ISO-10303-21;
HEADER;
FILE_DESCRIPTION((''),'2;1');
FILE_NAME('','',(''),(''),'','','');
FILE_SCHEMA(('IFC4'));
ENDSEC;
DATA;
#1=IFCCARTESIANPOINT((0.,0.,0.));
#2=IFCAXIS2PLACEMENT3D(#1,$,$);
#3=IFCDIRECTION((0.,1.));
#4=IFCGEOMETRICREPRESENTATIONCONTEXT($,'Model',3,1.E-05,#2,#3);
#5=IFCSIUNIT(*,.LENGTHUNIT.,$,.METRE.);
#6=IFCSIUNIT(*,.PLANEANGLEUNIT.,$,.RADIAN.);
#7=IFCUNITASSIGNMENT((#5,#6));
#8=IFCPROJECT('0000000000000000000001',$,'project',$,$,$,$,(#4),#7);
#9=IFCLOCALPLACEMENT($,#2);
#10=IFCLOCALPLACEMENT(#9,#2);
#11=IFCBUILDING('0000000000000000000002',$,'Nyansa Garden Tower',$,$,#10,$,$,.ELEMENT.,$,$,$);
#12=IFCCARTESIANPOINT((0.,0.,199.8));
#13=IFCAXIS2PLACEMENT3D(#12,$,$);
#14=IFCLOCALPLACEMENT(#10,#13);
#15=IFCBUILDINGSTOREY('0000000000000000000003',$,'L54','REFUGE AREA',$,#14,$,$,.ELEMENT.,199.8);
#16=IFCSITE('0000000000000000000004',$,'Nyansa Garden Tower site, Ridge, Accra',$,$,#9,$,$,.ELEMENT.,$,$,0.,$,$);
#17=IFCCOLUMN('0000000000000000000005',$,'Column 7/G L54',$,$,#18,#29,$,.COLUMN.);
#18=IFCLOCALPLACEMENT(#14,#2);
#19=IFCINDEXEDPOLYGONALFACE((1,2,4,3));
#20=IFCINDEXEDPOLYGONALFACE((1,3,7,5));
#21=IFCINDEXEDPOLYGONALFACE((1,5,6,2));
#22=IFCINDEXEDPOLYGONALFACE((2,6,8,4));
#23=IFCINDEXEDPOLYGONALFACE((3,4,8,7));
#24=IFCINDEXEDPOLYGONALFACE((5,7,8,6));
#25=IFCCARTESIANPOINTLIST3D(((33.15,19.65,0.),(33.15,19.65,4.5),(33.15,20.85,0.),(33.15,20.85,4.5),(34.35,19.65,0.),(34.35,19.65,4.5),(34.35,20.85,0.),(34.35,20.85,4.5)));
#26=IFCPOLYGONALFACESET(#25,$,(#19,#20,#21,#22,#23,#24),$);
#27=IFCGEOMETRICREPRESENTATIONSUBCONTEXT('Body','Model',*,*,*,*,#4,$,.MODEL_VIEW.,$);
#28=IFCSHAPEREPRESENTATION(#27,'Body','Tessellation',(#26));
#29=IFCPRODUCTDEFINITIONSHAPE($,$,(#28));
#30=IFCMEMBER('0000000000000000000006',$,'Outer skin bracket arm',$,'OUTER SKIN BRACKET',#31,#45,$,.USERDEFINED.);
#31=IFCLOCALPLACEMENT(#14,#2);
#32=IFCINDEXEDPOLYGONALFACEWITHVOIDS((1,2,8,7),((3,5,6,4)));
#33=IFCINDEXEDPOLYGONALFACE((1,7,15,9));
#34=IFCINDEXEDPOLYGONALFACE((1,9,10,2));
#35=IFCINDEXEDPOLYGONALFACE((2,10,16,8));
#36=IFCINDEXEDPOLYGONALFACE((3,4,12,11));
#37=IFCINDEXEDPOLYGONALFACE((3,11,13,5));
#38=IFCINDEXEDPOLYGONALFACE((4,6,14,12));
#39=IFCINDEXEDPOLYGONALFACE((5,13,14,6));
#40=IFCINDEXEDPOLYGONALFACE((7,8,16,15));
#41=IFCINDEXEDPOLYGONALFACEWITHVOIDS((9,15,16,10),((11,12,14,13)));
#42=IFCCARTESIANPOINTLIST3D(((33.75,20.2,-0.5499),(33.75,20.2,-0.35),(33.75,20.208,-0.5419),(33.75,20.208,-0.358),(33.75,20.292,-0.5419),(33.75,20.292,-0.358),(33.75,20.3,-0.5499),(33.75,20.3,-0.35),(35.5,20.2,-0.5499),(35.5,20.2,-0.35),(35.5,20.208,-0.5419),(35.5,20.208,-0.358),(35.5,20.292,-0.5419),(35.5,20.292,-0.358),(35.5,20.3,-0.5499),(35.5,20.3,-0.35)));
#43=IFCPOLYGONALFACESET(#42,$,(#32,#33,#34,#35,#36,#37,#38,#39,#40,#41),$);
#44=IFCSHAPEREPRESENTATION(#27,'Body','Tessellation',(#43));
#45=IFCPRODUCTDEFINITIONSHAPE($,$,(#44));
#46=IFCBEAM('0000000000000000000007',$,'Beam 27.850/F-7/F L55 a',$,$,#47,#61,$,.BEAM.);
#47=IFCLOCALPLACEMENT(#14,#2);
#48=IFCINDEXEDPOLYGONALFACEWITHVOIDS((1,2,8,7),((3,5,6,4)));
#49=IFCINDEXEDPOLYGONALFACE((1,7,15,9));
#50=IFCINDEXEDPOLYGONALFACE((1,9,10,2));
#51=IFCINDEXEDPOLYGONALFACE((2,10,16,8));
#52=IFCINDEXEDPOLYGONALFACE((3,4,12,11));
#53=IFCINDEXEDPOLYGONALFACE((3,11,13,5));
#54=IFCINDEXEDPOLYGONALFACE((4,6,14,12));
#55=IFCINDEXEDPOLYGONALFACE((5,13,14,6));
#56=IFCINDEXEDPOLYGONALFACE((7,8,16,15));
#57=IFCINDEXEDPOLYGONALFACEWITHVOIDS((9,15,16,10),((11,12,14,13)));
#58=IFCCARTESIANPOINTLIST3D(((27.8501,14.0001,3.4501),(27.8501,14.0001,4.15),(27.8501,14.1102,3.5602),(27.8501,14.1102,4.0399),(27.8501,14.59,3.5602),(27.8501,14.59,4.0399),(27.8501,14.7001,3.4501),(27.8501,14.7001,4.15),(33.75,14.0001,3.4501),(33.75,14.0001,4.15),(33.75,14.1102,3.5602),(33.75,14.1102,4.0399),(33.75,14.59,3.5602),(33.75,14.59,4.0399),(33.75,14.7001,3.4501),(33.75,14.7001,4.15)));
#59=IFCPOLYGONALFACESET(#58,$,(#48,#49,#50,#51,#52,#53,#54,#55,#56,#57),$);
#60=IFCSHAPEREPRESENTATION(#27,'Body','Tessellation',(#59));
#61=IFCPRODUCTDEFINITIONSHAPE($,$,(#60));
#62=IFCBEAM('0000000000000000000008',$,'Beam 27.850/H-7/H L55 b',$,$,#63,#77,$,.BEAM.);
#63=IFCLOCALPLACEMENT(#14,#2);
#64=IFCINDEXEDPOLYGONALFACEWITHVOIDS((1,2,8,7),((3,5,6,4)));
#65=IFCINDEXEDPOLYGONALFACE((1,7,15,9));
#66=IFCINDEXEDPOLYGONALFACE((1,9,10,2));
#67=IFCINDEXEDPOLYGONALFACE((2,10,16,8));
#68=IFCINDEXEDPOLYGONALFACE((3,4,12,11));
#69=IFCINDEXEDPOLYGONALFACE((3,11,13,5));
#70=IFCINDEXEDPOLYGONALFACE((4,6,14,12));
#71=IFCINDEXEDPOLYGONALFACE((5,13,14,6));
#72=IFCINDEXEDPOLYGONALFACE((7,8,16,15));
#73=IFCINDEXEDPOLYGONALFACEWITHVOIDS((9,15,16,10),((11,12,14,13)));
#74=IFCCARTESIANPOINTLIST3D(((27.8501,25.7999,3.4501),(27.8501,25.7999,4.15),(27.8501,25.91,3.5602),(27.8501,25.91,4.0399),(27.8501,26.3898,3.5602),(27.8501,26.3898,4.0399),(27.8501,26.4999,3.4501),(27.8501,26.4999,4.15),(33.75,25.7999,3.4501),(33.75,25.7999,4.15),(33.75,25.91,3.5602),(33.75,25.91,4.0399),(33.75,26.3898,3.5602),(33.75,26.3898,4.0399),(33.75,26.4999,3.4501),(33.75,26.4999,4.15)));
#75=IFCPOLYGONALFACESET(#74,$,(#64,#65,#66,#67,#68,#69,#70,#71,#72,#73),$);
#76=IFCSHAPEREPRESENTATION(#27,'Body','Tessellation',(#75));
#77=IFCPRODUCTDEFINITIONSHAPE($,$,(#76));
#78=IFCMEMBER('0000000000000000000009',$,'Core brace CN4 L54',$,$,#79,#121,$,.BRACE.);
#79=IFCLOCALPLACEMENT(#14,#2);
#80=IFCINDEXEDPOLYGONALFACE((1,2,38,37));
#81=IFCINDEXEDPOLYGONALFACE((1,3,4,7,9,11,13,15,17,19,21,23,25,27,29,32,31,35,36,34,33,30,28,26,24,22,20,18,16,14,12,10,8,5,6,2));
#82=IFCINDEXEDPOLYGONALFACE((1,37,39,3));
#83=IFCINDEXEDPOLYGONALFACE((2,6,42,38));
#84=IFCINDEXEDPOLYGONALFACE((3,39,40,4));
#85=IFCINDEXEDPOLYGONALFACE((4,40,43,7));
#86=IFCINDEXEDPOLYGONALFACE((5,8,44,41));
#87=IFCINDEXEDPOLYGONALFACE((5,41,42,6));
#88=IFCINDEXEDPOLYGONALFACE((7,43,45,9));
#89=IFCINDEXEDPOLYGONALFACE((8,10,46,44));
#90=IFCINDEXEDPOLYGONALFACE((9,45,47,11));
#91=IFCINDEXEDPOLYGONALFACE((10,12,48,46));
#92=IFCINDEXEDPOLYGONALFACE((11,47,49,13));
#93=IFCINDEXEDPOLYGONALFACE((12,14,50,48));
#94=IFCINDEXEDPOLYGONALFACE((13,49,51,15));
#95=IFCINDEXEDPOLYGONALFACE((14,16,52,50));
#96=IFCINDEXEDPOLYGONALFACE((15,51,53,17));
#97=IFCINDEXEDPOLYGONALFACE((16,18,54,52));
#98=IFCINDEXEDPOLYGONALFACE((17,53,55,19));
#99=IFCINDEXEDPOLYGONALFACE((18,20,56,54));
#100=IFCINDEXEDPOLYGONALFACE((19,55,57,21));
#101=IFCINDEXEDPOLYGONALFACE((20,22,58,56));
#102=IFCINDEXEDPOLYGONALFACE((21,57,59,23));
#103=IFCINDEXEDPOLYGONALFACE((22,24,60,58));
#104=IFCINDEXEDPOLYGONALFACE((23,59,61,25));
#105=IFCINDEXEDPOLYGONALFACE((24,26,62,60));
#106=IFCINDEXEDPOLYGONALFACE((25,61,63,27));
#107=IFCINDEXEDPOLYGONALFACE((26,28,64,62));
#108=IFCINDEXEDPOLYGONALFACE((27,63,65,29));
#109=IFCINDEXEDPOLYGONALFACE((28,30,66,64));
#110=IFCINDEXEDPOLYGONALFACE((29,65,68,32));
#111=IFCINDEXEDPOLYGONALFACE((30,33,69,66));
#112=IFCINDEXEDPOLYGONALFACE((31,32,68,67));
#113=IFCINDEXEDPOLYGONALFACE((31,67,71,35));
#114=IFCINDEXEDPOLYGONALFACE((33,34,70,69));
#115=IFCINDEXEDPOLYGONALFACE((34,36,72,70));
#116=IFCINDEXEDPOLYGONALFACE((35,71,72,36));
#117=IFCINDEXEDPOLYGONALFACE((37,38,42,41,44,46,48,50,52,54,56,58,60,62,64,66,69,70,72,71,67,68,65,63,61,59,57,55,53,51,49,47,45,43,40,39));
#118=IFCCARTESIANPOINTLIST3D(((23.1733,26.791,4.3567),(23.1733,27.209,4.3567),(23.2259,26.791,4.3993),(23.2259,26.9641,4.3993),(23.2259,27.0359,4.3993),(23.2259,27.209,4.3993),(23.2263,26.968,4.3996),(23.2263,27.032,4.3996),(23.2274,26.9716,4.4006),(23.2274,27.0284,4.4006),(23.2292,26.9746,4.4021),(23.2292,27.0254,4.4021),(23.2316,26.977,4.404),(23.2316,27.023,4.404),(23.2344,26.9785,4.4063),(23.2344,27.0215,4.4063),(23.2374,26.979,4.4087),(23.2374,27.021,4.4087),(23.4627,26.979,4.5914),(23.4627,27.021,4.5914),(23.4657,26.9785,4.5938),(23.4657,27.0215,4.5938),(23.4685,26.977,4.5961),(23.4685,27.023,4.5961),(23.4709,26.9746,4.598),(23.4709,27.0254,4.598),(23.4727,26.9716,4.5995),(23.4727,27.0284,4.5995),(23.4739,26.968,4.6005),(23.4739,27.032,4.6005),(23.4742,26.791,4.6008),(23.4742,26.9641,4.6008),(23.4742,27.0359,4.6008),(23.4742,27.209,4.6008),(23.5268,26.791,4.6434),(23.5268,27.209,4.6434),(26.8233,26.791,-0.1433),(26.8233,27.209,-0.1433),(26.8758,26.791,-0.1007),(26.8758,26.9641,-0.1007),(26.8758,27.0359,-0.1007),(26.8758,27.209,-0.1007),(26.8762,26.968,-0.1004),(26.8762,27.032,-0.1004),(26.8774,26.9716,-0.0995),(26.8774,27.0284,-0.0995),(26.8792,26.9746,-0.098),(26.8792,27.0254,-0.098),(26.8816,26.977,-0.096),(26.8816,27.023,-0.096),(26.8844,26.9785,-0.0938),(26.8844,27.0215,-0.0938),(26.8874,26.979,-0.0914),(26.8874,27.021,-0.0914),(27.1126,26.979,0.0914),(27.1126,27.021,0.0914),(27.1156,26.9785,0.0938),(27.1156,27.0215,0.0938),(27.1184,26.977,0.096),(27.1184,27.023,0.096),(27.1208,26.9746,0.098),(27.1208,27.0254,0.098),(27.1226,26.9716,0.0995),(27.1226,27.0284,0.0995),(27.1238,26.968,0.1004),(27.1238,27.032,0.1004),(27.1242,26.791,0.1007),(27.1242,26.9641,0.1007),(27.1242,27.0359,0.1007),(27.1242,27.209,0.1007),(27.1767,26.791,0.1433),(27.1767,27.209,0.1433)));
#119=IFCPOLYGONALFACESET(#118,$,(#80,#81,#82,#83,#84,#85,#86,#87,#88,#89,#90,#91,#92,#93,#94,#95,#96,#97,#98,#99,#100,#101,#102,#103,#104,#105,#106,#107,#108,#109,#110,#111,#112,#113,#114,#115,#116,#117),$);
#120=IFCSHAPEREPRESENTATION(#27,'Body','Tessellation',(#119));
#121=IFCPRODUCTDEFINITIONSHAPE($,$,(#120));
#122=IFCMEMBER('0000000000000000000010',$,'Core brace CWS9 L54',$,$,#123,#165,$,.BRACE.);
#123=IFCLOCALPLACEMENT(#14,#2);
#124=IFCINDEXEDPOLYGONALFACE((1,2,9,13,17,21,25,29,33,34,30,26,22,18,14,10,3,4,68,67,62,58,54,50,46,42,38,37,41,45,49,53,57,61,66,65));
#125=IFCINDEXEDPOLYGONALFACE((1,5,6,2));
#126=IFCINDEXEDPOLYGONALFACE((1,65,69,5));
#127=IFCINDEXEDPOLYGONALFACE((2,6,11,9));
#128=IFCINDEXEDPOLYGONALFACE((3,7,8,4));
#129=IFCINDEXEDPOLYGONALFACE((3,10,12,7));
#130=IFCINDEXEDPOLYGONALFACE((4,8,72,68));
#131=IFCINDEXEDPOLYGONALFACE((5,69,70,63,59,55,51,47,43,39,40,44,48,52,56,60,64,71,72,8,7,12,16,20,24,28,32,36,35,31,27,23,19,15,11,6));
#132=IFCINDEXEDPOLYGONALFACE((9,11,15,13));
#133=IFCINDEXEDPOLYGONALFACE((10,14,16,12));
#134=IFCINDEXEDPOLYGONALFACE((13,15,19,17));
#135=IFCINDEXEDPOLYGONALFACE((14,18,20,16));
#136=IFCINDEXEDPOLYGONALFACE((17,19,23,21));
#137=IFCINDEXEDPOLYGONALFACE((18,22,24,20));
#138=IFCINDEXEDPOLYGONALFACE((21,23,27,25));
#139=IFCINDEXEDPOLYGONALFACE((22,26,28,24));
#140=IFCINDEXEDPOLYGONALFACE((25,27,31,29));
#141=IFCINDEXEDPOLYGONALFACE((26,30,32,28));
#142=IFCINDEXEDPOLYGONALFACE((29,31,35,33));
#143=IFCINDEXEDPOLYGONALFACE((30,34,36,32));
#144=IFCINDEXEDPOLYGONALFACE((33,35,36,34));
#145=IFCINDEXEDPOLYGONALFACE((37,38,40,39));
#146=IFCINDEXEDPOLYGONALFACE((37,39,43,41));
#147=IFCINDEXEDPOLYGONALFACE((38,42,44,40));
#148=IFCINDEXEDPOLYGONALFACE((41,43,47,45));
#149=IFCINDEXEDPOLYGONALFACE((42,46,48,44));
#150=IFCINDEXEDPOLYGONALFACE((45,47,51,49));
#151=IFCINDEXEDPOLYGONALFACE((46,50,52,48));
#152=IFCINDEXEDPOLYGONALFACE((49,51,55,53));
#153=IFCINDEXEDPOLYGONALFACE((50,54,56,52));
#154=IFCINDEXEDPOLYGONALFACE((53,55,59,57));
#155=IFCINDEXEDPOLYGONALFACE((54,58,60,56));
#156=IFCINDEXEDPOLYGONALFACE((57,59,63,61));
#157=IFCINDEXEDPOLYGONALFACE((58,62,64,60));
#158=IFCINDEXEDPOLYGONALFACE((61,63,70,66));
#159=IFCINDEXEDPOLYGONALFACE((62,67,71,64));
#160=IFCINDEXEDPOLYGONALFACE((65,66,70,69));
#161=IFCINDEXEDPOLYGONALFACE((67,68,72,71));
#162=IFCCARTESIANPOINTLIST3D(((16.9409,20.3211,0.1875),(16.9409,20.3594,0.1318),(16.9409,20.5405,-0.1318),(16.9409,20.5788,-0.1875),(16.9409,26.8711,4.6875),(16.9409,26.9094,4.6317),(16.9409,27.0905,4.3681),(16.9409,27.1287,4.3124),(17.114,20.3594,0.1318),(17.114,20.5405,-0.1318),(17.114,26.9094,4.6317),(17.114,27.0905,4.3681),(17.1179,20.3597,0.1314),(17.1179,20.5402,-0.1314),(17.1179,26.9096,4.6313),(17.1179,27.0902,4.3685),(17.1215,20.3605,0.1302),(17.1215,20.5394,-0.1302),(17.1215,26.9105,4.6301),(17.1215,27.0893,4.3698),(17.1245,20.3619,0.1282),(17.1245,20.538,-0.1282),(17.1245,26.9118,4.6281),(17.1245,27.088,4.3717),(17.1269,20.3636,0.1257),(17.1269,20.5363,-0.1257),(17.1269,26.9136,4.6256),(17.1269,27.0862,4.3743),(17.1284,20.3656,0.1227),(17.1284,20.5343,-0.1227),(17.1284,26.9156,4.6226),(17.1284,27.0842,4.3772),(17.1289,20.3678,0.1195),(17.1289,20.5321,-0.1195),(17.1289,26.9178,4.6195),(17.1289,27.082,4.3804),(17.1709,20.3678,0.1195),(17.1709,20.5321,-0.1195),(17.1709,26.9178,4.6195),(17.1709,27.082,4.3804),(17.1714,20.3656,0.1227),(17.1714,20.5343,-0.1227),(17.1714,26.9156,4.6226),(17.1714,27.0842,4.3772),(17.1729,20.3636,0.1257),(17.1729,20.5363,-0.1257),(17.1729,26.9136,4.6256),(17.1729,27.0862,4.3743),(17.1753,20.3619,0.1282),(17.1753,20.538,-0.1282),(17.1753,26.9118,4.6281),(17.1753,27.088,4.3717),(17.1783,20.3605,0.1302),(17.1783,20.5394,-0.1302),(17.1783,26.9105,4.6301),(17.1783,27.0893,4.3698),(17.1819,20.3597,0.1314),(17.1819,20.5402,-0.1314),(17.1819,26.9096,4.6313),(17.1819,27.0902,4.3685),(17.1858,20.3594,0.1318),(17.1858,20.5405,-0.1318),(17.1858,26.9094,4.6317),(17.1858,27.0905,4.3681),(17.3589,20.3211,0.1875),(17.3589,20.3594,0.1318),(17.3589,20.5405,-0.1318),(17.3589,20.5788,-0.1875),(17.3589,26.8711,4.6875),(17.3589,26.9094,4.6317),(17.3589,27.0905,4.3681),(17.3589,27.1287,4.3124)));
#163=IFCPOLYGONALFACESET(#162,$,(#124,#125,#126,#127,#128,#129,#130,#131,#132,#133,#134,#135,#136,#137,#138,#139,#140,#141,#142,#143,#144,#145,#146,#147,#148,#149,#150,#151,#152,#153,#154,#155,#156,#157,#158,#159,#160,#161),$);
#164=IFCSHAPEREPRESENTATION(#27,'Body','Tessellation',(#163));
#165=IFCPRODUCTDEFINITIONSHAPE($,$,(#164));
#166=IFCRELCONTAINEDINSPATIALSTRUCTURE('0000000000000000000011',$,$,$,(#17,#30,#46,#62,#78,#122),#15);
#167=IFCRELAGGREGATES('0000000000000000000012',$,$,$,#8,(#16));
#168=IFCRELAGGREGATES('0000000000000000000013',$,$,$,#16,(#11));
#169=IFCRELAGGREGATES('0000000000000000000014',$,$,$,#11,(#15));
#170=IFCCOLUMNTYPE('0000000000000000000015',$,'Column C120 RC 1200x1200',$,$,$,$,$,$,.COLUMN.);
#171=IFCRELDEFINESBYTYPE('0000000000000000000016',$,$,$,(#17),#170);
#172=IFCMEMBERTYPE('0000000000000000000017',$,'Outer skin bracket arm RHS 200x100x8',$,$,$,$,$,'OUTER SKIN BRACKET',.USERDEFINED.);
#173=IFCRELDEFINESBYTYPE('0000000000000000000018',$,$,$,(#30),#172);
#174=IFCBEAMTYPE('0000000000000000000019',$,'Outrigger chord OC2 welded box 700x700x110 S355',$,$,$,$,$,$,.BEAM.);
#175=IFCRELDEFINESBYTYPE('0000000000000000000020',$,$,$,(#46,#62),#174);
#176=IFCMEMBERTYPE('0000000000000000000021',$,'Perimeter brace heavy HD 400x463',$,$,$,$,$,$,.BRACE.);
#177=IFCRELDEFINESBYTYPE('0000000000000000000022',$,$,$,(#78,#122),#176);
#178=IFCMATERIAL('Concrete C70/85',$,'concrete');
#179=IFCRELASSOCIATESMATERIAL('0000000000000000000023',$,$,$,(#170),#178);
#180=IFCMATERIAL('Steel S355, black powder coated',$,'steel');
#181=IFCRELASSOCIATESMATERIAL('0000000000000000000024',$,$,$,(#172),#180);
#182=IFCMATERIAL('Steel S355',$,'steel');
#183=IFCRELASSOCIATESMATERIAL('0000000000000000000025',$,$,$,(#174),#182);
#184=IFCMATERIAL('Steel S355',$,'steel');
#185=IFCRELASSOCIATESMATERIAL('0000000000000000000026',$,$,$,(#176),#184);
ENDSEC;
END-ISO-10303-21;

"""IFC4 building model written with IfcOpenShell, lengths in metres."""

from ifc_helpers import new_model, si_unit, direction, frame, origin, origin_2d, place, context, subcontext, project, spatial, rectangle, hollow_rectangle, i_section, extrude, material, material_profile, profile_set, type_object, element, save


model = new_model("IFC4")

# Units and contexts
model_context = context("Model", 3, precision=1e-05, world=origin(), true_north=direction((0.0, 1.0)))
body_context = subcontext(model_context, "Body", "Model", "MODEL_VIEW")
ifc_project = project(units=[si_unit("LENGTHUNIT", "METRE"), si_unit("PLANEANGLEUNIT", "RADIAN")], contexts=[model_context])

# Site, building, storey
site_placement = place(None, origin())
site = spatial("IfcSite", under=ifc_project, at=site_placement, Name="Nyansa Garden Tower site, Ridge, Accra", CompositionType="ELEMENT", RefElevation=0.0)
building_placement = place(site_placement, origin())
building = spatial("IfcBuilding", under=site, at=building_placement, Name="Nyansa Garden Tower", CompositionType="ELEMENT")
storey_placement = place(building_placement, frame((0.0, 0.0, 199.8)))
storey = spatial("IfcBuildingStorey", under=building, at=storey_placement, Name="L54", Description="REFUGE AREA", CompositionType="ELEMENT", Elevation=199.8)

# Column
ifc_material_1 = material(Name="Concrete C70/85", Category="concrete")
ifc_material_profile_1 = material_profile(ifc_material_1, rectangle(XDim=1.2, YDim=1.2, at=origin_2d()), Name="RC 1200x1200")
ifc_profile_set_1 = profile_set([ifc_material_profile_1], Name="Concrete C70/85")
column_type = type_object("IfcColumnType", Name="Column C120 RC 1200x1200", PredefinedType="COLUMN", material=ifc_profile_set_1)
column_placement = place(storey_placement, frame((33.75, 20.25, 0.0), z_axis=(0.0, 0.0, 1.0), x_axis=(1.0, 0.0, 0.0)))
element("IfcColumn", 1, at=column_placement, inside=storey, type_object=column_type, Name="Column 7/G L54", PredefinedType="COLUMN", context=body_context, shape_type="SweptSolid", body=[
    extrude(rectangle(XDim=1.2, YDim=1.2, at=origin_2d()), origin(), (0.0, 0.0, 1.0), 4.5),
])

# Member
ifc_material_2 = material(Name="Steel S355, black powder coated", Category="steel")
ifc_material_profile_2 = material_profile(ifc_material_2, hollow_rectangle(XDim=0.1001, YDim=0.2, WallThickness=0.0081, at=origin_2d()), Name="RHS 200x100x8")
ifc_profile_set_2 = profile_set([ifc_material_profile_2], Name="Steel S355, black powder coated")
member_type_1 = type_object("IfcMemberType", Name="Outer skin bracket arm RHS 200x100x8", ElementType="OUTER SKIN BRACKET", PredefinedType="USERDEFINED", material=ifc_profile_set_2)
member_1_placement = place(storey_placement, frame((33.75, 20.25, -0.45), z_axis=(1.0, 0.0, 0.0), x_axis=(0.0, 1.0, 0.0)))
element("IfcMember", 2, at=member_1_placement, inside=storey, type_object=member_type_1, Name="Outer skin bracket arm", ObjectType="OUTER SKIN BRACKET", PredefinedType="USERDEFINED", context=body_context, shape_type="SweptSolid", body=[
    extrude(hollow_rectangle(XDim=0.1001, YDim=0.2, WallThickness=0.0081, at=origin_2d()), origin(), (0.0, 0.0, 1.0), 1.75),
])

# Beams
ifc_material_3 = material(Name="Steel S355", Category="steel")
ifc_material_profile_3 = material_profile(ifc_material_3, hollow_rectangle(XDim=0.7, YDim=0.7, WallThickness=0.1101, at=origin_2d()), Name="Welded box 700x700x110")
ifc_profile_set_3 = profile_set([ifc_material_profile_3], Name="Steel S355")
beam_type_1 = type_object("IfcBeamType", Name="Outrigger chord OC2 welded box 700x700x110 S355", PredefinedType="BEAM", material=ifc_profile_set_3)
for number, where, z_axis, x_axis, name in (
    (3, (27.8501, 14.3501, 3.8), (1.0, 0.0, 0.0), (0.0, 1.0, 0.0), "Beam 27.850/F-7/F L55 a"),
    (4, (27.8501, 26.1499, 3.8), (1.0, 0.0, 0.0), (0.0, 1.0, 0.0), "Beam 27.850/H-7/H L55 b"),
):
    element("IfcBeam", number, at=place(storey_placement, frame(where, z_axis=z_axis, x_axis=x_axis)), inside=storey, type_object=beam_type_1, Name=name, PredefinedType="BEAM", context=body_context, shape_type="SweptSolid", body=[
        extrude(hollow_rectangle(XDim=0.7, YDim=0.7, WallThickness=0.1101, at=origin_2d()), origin(), (0.0, 0.0, 1.0), 5.8999),
    ])

# Members
ifc_material_4 = material(Name="Steel S355", Category="steel")
ifc_material_profile_4 = material_profile(ifc_material_4, i_section(OverallWidth=0.418, OverallDepth=0.4551, WebThickness=0.042, FlangeThickness=0.0676, FilletRadius=0.0149, at=origin_2d()), Name="HD 400x463")
ifc_profile_set_4 = profile_set([ifc_material_profile_4], Name="Steel S355")
member_type_2 = type_object("IfcMemberType", Name="Perimeter brace heavy HD 400x463", PredefinedType="BRACE", material=ifc_profile_set_4)
member_2_placement = place(storey_placement, frame((27.0, 27.0, 0.0), z_axis=(-0.629932, 0.0, 0.77665), x_axis=(0.0, -1.0, 0.0)))
element("IfcMember", 5, at=member_2_placement, inside=storey, type_object=member_type_2, Name="Core brace CN4 L54", PredefinedType="BRACE", context=body_context, shape_type="SweptSolid", body=[
    extrude(i_section(OverallWidth=0.418, OverallDepth=0.4551, WebThickness=0.042, FlangeThickness=0.0676, FilletRadius=0.0149, at=origin_2d()), origin(), (0.0, 0.0, 1.0), 5.7942),
])
for number, where, z_axis, x_axis, name in (
    (6, (17.1499, 20.45, 0.0), (0.0, 0.824227, 0.566259), (-1.0, 0.0, 0.0), "Core brace CWS9 L54"),
):
    element("IfcMember", number, at=place(storey_placement, frame(where, z_axis=z_axis, x_axis=x_axis)), inside=storey, type_object=member_type_2, Name=name, PredefinedType="BRACE", context=body_context, shape_type="SweptSolid", body=[
        extrude(i_section(OverallWidth=0.418, OverallDepth=0.4551, WebThickness=0.042, FlangeThickness=0.0676, FilletRadius=0.0149, at=origin_2d()), origin(), (0.0, 0.0, 1.0), 7.9468),
    ])

save(model, "model.ifc")
